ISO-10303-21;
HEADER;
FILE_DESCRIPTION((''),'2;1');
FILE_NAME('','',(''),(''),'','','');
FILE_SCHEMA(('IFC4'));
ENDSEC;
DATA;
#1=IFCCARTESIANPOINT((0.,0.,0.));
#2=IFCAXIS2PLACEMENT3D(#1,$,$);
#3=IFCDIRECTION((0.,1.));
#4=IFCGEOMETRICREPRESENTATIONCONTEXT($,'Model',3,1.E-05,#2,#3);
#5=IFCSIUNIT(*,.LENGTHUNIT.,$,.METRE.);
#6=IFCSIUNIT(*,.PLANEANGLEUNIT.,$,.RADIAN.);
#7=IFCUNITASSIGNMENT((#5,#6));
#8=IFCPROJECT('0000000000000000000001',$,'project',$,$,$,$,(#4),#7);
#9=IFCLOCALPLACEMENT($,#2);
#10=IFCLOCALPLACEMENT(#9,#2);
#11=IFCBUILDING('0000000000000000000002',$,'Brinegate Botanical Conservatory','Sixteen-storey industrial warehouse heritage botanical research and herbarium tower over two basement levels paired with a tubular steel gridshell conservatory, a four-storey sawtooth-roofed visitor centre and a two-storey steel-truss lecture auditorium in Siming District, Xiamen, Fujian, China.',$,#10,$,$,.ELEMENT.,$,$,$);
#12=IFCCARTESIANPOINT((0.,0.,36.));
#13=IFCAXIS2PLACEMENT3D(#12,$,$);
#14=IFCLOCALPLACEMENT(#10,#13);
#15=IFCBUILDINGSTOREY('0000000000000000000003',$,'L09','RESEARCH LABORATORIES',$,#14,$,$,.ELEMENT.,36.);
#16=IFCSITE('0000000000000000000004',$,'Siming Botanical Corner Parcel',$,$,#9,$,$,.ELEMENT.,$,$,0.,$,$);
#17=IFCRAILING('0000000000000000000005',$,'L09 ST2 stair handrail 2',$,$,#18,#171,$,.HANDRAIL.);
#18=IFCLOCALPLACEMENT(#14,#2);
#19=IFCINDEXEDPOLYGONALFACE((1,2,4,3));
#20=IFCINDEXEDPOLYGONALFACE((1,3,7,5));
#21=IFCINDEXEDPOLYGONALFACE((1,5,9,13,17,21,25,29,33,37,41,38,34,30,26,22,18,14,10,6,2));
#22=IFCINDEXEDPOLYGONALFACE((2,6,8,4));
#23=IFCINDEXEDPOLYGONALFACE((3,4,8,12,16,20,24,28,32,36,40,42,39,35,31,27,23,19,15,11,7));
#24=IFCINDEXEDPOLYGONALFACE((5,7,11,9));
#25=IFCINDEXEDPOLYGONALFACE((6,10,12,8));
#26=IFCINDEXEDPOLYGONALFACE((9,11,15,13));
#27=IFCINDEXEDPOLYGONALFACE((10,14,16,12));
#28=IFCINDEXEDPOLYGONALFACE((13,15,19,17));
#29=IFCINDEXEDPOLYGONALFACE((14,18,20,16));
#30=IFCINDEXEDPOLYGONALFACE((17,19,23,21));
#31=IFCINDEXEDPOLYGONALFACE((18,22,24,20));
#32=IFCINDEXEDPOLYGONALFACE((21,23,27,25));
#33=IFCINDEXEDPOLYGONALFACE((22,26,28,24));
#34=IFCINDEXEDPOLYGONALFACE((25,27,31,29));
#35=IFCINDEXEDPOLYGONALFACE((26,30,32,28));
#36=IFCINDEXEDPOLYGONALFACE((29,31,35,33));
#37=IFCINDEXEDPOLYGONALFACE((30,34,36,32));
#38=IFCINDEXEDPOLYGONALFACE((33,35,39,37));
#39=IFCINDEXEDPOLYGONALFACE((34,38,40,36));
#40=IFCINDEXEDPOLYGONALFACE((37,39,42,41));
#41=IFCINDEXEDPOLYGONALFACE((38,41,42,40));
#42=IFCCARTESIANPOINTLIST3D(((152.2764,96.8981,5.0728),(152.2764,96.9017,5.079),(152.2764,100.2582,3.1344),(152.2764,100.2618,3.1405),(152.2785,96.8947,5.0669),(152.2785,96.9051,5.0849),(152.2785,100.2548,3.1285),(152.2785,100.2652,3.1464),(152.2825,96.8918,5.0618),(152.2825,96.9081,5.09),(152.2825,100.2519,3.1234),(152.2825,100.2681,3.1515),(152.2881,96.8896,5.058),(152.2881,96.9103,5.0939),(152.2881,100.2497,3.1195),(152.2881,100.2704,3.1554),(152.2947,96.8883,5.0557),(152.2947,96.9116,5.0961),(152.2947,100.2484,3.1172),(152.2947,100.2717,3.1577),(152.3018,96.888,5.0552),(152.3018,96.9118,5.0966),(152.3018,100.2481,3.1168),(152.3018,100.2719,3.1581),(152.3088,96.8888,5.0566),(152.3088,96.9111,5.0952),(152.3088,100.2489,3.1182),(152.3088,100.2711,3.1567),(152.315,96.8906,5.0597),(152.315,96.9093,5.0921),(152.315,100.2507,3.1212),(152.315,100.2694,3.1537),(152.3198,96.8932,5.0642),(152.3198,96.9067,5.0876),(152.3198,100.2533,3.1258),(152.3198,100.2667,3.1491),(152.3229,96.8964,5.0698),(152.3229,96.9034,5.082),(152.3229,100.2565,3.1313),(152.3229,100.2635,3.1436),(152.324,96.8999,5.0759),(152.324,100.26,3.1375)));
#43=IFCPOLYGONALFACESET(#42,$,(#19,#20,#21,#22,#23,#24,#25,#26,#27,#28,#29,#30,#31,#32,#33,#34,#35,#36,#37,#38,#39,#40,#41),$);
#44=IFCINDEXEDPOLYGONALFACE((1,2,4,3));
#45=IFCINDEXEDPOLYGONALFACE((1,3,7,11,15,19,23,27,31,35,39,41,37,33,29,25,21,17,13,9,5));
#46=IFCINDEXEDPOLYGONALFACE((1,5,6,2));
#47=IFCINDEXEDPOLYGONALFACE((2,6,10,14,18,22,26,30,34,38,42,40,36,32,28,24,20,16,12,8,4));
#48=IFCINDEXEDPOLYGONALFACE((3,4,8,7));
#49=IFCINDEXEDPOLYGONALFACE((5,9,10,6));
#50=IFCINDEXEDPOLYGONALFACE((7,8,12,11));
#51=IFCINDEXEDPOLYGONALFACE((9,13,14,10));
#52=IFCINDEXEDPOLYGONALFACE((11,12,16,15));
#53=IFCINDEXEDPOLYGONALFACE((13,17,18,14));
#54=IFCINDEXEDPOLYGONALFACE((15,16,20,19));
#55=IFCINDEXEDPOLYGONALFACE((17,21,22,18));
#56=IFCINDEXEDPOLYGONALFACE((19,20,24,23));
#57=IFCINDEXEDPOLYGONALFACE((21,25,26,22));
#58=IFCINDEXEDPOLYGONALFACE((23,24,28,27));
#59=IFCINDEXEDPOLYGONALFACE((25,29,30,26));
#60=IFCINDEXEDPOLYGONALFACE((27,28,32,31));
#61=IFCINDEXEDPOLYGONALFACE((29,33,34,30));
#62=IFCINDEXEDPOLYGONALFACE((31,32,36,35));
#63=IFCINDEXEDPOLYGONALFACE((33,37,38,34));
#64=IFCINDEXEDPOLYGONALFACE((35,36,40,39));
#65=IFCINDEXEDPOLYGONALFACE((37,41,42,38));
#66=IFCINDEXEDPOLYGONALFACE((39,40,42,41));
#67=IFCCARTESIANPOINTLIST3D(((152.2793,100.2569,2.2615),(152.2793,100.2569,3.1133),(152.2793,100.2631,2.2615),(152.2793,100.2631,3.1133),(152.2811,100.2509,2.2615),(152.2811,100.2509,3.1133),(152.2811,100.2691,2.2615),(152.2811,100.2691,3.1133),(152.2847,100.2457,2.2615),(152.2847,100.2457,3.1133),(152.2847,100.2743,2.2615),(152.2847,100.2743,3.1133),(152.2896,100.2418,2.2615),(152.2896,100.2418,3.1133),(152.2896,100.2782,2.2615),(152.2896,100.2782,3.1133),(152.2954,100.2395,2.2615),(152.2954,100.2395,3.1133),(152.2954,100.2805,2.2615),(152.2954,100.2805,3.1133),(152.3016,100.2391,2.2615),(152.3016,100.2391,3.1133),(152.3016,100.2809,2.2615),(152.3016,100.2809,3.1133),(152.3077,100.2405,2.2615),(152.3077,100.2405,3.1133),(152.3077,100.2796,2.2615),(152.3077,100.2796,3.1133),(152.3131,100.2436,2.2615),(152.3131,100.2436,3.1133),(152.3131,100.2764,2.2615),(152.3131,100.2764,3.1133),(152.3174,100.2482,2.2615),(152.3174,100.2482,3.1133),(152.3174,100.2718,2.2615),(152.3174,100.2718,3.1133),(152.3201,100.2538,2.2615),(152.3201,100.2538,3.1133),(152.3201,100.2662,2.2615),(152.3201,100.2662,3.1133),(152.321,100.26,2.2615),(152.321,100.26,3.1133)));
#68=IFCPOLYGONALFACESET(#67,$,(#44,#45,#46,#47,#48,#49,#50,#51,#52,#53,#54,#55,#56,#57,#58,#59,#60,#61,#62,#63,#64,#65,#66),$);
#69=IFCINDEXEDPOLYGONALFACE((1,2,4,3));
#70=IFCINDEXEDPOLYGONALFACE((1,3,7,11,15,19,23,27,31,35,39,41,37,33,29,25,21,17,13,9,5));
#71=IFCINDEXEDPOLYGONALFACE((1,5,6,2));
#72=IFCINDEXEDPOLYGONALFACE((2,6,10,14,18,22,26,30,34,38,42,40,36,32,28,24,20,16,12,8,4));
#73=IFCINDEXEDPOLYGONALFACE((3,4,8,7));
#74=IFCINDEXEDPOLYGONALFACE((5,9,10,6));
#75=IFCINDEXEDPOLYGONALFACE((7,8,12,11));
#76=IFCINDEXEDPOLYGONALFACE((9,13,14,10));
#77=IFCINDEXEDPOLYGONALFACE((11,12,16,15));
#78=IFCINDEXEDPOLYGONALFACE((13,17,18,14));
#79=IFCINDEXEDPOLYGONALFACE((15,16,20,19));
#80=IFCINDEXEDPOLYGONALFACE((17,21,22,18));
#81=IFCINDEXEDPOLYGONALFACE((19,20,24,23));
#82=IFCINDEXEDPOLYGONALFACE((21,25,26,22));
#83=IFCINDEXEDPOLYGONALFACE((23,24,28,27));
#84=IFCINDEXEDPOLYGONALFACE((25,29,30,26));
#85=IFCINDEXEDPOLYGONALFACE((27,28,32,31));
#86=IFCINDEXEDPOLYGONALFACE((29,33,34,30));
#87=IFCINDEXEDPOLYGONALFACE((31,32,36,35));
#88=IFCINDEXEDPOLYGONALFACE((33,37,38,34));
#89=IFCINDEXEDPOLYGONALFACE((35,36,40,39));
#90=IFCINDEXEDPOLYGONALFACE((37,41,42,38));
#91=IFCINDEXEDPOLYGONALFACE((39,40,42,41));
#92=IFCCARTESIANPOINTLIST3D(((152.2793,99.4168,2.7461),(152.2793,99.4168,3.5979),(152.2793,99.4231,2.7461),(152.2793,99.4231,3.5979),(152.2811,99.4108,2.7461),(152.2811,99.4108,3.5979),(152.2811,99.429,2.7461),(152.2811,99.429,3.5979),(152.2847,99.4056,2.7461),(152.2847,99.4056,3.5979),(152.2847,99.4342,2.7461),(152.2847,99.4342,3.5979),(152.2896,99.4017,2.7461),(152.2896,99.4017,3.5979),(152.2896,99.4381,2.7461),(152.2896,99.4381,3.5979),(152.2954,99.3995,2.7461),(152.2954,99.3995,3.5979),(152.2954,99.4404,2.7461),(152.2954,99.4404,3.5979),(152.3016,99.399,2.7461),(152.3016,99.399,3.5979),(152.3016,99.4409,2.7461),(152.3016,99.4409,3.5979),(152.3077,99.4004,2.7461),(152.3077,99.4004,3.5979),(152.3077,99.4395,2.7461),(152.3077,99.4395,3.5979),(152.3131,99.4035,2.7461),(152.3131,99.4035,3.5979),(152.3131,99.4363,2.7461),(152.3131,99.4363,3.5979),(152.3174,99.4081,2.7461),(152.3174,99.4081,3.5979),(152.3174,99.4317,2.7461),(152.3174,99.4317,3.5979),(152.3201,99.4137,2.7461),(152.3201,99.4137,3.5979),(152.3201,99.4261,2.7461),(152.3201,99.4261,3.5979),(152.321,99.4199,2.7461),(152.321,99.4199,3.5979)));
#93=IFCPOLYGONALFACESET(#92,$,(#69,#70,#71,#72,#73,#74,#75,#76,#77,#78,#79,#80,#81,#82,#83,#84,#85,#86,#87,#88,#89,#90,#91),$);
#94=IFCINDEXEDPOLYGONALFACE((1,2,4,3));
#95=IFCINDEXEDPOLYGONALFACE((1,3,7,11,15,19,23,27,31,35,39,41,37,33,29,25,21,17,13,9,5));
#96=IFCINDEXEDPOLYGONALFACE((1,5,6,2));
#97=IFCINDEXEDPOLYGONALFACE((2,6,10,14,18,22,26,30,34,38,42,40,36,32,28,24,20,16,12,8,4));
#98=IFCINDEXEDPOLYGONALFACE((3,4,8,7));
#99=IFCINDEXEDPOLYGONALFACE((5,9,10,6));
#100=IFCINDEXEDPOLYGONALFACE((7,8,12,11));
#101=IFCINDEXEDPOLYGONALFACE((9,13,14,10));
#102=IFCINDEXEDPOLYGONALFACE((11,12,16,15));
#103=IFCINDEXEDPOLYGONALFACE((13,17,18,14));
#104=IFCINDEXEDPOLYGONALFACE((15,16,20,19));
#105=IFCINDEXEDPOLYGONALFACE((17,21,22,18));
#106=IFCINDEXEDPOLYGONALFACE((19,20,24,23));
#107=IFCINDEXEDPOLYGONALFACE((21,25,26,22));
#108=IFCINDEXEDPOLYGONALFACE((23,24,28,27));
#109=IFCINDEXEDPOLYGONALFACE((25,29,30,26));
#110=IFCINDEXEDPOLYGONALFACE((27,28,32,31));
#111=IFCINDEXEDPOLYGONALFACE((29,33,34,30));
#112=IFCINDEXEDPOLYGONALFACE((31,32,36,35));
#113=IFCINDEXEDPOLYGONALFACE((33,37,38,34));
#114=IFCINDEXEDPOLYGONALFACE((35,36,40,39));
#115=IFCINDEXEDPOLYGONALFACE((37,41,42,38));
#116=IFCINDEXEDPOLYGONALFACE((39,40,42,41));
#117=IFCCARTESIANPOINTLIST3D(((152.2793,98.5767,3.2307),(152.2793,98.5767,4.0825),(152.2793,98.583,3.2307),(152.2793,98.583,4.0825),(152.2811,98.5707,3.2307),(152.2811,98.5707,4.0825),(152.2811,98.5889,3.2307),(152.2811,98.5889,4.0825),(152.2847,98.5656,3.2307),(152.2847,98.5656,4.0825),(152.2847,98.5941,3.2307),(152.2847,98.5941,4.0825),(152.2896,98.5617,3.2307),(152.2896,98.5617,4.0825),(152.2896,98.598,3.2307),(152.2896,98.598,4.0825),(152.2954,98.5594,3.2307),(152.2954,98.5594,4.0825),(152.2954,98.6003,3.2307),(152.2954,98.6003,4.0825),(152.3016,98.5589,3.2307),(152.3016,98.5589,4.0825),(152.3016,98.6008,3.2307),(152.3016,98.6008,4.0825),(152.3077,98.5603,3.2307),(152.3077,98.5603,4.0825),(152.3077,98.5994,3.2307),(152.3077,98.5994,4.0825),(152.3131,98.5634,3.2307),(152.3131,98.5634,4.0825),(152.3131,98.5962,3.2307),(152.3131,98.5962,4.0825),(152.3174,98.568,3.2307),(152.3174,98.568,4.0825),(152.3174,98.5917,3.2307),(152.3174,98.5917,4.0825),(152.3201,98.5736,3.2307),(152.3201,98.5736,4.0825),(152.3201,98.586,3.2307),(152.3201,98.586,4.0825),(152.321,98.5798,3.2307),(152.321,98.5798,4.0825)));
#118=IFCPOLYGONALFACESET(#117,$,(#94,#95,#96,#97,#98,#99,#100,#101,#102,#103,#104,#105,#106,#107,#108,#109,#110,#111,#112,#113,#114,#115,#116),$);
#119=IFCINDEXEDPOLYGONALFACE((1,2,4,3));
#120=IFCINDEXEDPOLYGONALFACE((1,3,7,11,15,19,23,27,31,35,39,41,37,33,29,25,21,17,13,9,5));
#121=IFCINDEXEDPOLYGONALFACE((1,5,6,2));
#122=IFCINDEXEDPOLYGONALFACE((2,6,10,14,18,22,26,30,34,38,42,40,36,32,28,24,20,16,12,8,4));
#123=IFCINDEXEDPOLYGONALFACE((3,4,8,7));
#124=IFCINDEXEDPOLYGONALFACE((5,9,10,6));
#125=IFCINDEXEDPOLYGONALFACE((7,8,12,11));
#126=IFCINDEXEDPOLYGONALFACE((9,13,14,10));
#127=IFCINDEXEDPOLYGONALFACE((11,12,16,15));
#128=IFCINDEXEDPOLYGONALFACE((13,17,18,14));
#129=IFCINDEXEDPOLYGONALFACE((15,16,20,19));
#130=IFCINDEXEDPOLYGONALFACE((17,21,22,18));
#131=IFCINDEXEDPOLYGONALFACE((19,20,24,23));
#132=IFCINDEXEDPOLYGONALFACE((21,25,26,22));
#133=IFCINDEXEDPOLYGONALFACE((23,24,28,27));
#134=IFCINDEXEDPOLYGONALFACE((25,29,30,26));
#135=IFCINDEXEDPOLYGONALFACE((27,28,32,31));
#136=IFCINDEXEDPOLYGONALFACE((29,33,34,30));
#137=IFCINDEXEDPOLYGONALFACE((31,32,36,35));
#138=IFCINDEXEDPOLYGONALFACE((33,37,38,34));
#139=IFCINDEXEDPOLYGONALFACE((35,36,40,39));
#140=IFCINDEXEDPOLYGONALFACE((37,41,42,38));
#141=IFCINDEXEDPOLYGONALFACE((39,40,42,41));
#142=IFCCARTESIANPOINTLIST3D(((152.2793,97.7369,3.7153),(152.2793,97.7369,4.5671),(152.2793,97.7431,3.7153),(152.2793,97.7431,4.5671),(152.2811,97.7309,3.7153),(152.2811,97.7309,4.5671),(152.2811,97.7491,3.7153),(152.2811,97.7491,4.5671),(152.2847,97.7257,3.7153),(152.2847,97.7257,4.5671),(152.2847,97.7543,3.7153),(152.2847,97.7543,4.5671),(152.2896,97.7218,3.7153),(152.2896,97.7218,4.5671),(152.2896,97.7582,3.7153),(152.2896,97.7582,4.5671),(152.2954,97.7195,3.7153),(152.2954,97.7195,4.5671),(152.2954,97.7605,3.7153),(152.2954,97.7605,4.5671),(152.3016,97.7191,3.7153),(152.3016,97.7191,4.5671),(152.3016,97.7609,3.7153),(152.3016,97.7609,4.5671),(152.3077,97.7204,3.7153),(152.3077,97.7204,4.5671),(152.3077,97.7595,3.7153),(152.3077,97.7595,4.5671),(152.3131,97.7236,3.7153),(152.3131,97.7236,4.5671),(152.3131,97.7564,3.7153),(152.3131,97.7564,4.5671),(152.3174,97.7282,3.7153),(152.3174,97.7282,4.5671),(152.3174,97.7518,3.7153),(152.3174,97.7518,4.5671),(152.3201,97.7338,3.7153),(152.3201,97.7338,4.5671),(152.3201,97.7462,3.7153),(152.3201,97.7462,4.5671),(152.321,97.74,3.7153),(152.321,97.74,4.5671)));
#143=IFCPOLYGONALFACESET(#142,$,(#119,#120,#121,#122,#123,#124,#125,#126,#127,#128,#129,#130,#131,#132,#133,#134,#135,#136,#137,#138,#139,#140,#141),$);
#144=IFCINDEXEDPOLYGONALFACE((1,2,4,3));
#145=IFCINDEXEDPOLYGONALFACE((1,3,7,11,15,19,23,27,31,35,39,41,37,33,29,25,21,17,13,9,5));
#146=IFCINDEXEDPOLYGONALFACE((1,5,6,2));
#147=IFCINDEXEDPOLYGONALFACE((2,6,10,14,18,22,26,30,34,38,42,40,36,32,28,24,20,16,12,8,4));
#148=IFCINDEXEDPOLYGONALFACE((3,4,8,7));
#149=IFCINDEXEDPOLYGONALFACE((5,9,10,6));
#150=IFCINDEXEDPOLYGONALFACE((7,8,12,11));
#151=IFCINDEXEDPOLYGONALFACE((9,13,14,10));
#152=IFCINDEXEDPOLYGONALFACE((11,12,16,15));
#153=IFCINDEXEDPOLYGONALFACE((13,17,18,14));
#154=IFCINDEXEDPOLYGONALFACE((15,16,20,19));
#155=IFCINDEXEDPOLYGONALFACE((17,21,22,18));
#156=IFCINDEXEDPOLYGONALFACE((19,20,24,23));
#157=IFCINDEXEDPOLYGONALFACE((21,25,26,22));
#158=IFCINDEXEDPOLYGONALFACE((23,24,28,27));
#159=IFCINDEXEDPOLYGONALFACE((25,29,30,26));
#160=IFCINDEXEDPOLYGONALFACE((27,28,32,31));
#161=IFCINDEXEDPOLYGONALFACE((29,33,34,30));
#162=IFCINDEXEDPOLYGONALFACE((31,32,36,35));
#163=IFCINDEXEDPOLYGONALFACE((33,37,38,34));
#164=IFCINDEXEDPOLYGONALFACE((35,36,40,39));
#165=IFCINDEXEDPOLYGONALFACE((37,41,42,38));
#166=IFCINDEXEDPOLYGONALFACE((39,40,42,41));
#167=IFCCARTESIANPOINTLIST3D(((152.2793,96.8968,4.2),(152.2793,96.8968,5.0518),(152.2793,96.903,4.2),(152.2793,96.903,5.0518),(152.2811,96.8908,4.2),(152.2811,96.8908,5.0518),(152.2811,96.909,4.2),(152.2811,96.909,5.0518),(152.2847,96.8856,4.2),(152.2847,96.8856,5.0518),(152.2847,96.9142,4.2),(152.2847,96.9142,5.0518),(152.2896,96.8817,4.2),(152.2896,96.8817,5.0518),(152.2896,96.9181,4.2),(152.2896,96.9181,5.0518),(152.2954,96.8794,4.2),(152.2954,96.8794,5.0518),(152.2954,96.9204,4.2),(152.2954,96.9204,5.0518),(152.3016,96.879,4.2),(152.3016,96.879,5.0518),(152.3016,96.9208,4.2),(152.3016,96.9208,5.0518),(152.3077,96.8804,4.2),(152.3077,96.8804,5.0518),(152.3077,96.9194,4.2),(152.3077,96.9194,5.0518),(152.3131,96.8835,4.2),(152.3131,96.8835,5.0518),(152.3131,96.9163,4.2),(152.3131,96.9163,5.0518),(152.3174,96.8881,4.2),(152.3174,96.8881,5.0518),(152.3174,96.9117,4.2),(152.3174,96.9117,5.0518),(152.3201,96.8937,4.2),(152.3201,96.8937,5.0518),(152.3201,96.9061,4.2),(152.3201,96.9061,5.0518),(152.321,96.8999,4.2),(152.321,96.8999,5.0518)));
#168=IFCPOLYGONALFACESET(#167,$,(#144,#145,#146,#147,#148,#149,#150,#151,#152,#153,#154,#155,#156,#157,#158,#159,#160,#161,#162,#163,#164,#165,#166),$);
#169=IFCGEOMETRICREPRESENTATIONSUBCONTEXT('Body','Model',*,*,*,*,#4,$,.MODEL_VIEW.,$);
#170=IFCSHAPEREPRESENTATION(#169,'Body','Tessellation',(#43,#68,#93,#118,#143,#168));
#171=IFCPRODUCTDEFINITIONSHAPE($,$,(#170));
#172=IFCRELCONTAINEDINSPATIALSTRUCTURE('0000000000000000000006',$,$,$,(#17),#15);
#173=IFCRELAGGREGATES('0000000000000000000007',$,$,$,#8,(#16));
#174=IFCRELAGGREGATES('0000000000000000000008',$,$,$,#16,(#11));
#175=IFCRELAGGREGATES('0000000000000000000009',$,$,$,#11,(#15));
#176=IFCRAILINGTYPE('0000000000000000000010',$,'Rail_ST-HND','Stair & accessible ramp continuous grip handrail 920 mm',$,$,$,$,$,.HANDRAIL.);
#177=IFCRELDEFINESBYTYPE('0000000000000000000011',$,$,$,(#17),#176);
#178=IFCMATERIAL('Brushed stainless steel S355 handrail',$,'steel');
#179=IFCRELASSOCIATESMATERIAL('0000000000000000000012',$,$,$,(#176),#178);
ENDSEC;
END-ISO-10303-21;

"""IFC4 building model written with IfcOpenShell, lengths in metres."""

from ifc_helpers import new_model, si_unit, direction, frame, origin, origin_2d, place, context, subcontext, project, spatial, circle, extrude, material, type_object, element, save


model = new_model("IFC4")

# Units and contexts
model_context = context("Model", 3, precision=1e-05, world=origin(), true_north=direction((0.0, 1.0)))
body_context = subcontext(model_context, "Body", "Model", "MODEL_VIEW")
ifc_project = project(units=[si_unit("LENGTHUNIT", "METRE"), si_unit("PLANEANGLEUNIT", "RADIAN")], contexts=[model_context])

# Site, building, storey
site_placement = place(None, origin())
site = spatial("IfcSite", under=ifc_project, at=site_placement, Name="Siming Botanical Corner Parcel", CompositionType="ELEMENT", RefElevation=0.0)
building_placement = place(site_placement, origin())
building = spatial("IfcBuilding", under=site, at=building_placement, Name="Brinegate Botanical Conservatory", Description="Sixteen-storey industrial warehouse heritage botanical research and herbarium tower over two basement levels paired with a tubular steel gridshell conservatory, a four-storey sawtooth-roofed visitor centre and a two-storey steel-truss lecture auditorium in Siming District, Xiamen, Fujian, China.", CompositionType="ELEMENT")
storey_placement = place(building_placement, frame((0.0, 0.0, 36.0)))
storey = spatial("IfcBuildingStorey", under=building, at=storey_placement, Name="L09", Description="RESEARCH LABORATORIES", CompositionType="ELEMENT", Elevation=36.0)

# Railing
ifc_material_1 = material(Name="Brushed stainless steel S355 handrail", Category="steel")
railing_type_1 = type_object("IfcRailingType", Name="Rail_ST-HND", Description="Stair & accessible ramp continuous grip handrail 920 mm", PredefinedType="HANDRAIL", material=ifc_material_1)
railing_1_placement = place(storey_placement, frame((152.3, 100.26, 2.2615)))
element("IfcRailing", 1, at=railing_1_placement, inside=storey, type_object=railing_type_1, Name="L09 ST2 stair handrail 2", PredefinedType="HANDRAIL", context=body_context, shape_type="SweptSolid", body=[
    extrude(circle(Radius=0.0239, at=origin_2d()), frame((0.0, 0.0, 0.876), z_axis=(0.0, -0.866191, 0.499713), x_axis=(1.0, 0.0, 0.0)), (0.0, 0.0, 1.0), 3.8792),
    extrude(circle(Radius=0.021, at=origin_2d()), origin(), (0.0, 0.0, 1.0), 0.8518),
    extrude(circle(Radius=0.021, at=origin_2d()), frame((0.0, -0.8401, 0.4846)), (0.0, 0.0, 1.0), 0.8518),
    extrude(circle(Radius=0.021, at=origin_2d()), frame((0.0, -1.6802, 0.9692)), (0.0, 0.0, 1.0), 0.8518),
    extrude(circle(Radius=0.021, at=origin_2d()), frame((0.0, -2.52, 1.4539)), (0.0, 0.0, 1.0), 0.8518),
    extrude(circle(Radius=0.021, at=origin_2d()), frame((0.0, -3.3601, 1.9385)), (0.0, 0.0, 1.0), 0.8518),
])

save(model, "model.ifc")
